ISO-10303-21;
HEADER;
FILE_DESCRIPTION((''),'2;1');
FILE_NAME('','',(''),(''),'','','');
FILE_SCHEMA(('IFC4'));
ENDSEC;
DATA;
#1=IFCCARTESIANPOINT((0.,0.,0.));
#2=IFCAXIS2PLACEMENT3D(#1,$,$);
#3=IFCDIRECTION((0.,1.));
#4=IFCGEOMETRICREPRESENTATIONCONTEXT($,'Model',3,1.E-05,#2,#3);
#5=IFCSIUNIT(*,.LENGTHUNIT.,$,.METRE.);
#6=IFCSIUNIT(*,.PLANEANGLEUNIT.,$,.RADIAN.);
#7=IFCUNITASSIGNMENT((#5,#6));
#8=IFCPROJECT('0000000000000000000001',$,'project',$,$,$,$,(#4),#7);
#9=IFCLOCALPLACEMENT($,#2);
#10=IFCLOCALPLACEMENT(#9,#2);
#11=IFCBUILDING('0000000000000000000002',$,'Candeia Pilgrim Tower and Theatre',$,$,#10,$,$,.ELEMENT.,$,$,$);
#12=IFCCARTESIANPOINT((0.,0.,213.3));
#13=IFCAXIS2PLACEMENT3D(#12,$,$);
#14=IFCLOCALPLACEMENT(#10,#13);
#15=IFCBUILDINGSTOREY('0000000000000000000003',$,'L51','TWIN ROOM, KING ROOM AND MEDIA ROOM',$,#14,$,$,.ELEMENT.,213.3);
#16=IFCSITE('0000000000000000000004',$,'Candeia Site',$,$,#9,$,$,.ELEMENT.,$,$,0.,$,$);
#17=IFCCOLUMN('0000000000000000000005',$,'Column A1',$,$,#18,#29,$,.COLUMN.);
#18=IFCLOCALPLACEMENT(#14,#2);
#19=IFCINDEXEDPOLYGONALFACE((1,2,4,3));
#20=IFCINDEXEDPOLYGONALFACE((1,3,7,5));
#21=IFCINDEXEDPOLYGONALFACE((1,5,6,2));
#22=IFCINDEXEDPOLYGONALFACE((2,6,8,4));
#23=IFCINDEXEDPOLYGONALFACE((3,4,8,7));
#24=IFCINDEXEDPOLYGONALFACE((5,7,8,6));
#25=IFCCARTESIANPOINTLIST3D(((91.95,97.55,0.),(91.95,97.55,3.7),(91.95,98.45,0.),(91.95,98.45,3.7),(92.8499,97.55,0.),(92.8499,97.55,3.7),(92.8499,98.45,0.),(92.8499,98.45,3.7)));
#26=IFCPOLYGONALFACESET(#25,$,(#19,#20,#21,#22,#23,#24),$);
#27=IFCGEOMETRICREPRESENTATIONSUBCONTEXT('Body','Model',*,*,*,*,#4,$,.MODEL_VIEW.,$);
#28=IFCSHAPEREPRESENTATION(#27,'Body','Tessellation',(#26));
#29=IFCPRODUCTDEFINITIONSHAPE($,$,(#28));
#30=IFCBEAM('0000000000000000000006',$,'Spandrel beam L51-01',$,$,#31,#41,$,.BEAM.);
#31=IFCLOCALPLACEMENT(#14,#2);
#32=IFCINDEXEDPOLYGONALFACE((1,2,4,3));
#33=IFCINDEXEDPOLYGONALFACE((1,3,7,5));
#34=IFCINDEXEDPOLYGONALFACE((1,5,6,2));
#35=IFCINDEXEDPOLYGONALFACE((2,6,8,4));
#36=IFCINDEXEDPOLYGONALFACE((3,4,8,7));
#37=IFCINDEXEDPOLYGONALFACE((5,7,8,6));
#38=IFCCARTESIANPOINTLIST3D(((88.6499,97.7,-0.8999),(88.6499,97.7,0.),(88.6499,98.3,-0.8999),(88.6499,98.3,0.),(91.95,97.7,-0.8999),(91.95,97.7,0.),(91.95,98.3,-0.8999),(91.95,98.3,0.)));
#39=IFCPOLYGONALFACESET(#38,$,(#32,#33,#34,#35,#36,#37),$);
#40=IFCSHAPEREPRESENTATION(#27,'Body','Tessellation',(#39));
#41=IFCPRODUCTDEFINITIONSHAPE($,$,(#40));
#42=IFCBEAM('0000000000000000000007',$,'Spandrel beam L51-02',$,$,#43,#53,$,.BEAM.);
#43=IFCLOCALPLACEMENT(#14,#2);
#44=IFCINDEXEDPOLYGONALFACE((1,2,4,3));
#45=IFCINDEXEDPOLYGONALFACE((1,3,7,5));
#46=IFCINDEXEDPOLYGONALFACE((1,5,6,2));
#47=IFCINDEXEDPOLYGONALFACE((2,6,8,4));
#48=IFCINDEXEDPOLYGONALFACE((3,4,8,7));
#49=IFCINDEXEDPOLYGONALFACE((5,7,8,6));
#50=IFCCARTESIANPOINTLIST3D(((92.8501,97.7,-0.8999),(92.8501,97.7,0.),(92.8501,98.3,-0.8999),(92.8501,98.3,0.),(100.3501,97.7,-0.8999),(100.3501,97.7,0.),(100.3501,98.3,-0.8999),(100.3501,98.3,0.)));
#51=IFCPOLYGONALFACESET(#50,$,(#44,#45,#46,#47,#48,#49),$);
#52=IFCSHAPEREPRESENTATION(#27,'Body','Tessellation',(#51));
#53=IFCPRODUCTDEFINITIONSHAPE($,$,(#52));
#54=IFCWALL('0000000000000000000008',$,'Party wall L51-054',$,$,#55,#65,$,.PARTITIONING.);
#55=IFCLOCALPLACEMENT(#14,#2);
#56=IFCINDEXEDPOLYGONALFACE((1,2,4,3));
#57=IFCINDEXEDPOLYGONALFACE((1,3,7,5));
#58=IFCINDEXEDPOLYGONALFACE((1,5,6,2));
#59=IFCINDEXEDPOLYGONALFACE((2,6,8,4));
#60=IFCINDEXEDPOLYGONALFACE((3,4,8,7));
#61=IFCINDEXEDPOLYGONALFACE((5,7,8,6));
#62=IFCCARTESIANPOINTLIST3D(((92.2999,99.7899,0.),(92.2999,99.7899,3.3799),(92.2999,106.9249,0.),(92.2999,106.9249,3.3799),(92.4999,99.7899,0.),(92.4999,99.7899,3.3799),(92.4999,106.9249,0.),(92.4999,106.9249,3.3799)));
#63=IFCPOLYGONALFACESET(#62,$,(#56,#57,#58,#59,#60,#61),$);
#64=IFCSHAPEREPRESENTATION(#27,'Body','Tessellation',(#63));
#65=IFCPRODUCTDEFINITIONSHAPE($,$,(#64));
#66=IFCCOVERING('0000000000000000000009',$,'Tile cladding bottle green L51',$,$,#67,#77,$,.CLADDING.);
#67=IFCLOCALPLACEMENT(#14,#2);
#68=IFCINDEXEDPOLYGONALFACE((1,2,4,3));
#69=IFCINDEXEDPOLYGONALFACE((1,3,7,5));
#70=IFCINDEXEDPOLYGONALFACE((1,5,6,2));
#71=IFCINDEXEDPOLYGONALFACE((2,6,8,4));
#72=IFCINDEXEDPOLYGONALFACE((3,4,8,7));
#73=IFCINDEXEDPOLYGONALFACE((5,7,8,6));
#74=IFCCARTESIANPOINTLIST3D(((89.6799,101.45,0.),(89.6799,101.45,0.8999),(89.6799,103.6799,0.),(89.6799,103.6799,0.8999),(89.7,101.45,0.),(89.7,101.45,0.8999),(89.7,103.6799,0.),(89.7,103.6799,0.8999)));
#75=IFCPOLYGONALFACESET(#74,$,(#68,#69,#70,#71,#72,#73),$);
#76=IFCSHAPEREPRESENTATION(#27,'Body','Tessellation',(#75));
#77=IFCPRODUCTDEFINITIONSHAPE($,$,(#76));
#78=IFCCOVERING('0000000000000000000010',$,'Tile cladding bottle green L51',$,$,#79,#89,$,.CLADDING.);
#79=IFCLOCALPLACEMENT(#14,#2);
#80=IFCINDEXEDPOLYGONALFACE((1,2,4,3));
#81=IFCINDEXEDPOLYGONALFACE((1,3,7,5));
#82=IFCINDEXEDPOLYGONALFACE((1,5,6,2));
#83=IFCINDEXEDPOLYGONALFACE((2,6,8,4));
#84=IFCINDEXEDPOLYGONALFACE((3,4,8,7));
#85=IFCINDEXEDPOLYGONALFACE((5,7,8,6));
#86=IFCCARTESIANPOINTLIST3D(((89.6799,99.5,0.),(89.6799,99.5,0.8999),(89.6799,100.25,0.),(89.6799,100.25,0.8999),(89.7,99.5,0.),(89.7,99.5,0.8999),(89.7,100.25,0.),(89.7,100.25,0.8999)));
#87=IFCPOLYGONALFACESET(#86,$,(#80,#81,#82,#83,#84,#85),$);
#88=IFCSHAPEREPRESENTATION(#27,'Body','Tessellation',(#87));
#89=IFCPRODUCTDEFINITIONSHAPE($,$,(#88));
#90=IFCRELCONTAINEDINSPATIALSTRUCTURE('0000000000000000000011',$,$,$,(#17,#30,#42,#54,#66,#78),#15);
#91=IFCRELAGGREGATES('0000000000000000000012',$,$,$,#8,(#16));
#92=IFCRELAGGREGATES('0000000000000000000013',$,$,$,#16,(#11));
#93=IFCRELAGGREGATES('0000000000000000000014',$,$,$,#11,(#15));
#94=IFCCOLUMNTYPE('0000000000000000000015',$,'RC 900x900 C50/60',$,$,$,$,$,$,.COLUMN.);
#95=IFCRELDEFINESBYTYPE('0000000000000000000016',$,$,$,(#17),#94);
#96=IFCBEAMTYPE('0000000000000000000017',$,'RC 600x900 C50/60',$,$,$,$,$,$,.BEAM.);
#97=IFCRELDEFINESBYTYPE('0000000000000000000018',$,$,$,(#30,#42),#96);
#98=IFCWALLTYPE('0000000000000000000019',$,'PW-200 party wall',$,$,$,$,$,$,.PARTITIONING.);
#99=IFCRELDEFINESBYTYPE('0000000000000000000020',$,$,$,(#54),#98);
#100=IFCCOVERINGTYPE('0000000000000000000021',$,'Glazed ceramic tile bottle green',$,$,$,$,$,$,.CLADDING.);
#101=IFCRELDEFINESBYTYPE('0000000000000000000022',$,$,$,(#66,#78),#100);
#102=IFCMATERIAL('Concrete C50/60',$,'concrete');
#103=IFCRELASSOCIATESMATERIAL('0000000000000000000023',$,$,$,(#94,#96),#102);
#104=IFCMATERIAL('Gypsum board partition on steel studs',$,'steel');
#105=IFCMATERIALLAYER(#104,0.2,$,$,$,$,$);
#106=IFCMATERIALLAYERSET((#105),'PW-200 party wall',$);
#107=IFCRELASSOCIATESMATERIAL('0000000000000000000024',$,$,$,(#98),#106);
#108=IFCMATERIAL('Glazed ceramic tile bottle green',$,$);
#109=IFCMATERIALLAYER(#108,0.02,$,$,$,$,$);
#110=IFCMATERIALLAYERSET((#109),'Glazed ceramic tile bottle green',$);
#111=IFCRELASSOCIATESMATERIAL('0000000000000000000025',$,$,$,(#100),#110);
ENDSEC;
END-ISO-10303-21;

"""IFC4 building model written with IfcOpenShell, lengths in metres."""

from ifc_helpers import new_model, si_unit, direction, frame, frame_2d, origin, origin_2d, place, context, subcontext, project, spatial, rectangle, extrude, material, layer, layer_set, material_profile, profile_set, type_object, element, save


model = new_model("IFC4")

# Units and contexts
model_context = context("Model", 3, precision=1e-05, world=origin(), true_north=direction((0.0, 1.0)))
body_context = subcontext(model_context, "Body", "Model", "MODEL_VIEW")
ifc_project = project(units=[si_unit("LENGTHUNIT", "METRE"), si_unit("PLANEANGLEUNIT", "RADIAN")], contexts=[model_context])

# Site, building, storey
site_placement = place(None, origin())
site = spatial("IfcSite", under=ifc_project, at=site_placement, Name="Candeia Site", CompositionType="ELEMENT", RefElevation=0.0)
building_placement = place(site_placement, origin())
building = spatial("IfcBuilding", under=site, at=building_placement, Name="Candeia Pilgrim Tower and Theatre", CompositionType="ELEMENT")
storey_placement = place(building_placement, frame((0.0, 0.0, 213.3)))
storey = spatial("IfcBuildingStorey", under=building, at=storey_placement, Name="L51", Description="TWIN ROOM, KING ROOM AND MEDIA ROOM", CompositionType="ELEMENT", Elevation=213.3)

# Column
ifc_material_1 = material(Name="Concrete C50/60", Category="concrete")
ifc_material_profile_1 = material_profile(ifc_material_1, rectangle(XDim=0.8999, YDim=0.8999, at=origin_2d()))
ifc_profile_set_1 = profile_set([ifc_material_profile_1], Name="Concrete C50/60")
column_type = type_object("IfcColumnType", Name="RC 900x900 C50/60", PredefinedType="COLUMN", material=ifc_profile_set_1)
column_placement = place(storey_placement, frame((92.3999, 98.0, 0.0), z_axis=(0.0, 0.0, 1.0), x_axis=(1.0, 0.0, 0.0)))
element("IfcColumn", 1, at=column_placement, inside=storey, type_object=column_type, Name="Column A1", PredefinedType="COLUMN", context=body_context, shape_type="SweptSolid", body=[
    extrude(rectangle(XDim=0.8999, YDim=0.8999, at=origin_2d()), origin(), (0.0, 0.0, 1.0), 3.7),
])

# Beams
ifc_material_profile_2 = material_profile(ifc_material_1, rectangle(XDim=0.6001, YDim=0.8999, at=origin_2d()))
ifc_profile_set_2 = profile_set([ifc_material_profile_2], Name="Concrete C50/60")
beam_type = type_object("IfcBeamType", Name="RC 600x900 C50/60", PredefinedType="BEAM", material=ifc_profile_set_2)
beam_1_placement = place(storey_placement, frame((88.6499, 98.0, -0.45), z_axis=(1.0, 0.0, 0.0), x_axis=(0.0, 1.0, 0.0)))
element("IfcBeam", 2, at=beam_1_placement, inside=storey, type_object=beam_type, Name="Spandrel beam L51-01", PredefinedType="BEAM", context=body_context, shape_type="SweptSolid", body=[
    extrude(rectangle(XDim=0.6001, YDim=0.8999, at=origin_2d()), origin(), (0.0, 0.0, 1.0), 3.3),
])
beam_2_placement = place(storey_placement, frame((92.8501, 98.0, -0.45), z_axis=(1.0, 0.0, 0.0), x_axis=(0.0, 1.0, 0.0)))
element("IfcBeam", 3, at=beam_2_placement, inside=storey, type_object=beam_type, Name="Spandrel beam L51-02", PredefinedType="BEAM", context=body_context, shape_type="SweptSolid", body=[
    extrude(rectangle(XDim=0.6001, YDim=0.8999, at=origin_2d()), origin(), (0.0, 0.0, 1.0), 7.5),
])

# Wall
ifc_material_2 = material(Name="Gypsum board partition on steel studs", Category="steel")
ifc_layer_1 = layer(ifc_material_2, 0.2)
ifc_layer_set_1 = layer_set([ifc_layer_1], Name="PW-200 party wall")
wall_type_1 = type_object("IfcWallType", Name="PW-200 party wall", PredefinedType="PARTITIONING", material=ifc_layer_set_1)
wall_1_placement = place(storey_placement, frame((92.3999, 99.79, 0.0), z_axis=(0.0, 0.0, 1.0), x_axis=(0.0, 1.0, 0.0)))
element("IfcWall", 4, at=wall_1_placement, inside=storey, type_object=wall_type_1, Name="Party wall L51-054", PredefinedType="PARTITIONING", context=body_context, shape_type="SweptSolid", body=[
    extrude(rectangle(XDim=7.135, YDim=0.2, at=frame_2d((3.5674, 0.0))), origin(), (0.0, 0.0, 1.0), 3.3799),
])

# Coverings
ifc_material_3 = material(Name="Glazed ceramic tile bottle green")
ifc_layer_2 = layer(ifc_material_3, 0.02)
ifc_layer_set_2 = layer_set([ifc_layer_2], Name="Glazed ceramic tile bottle green")
covering_type = type_object("IfcCoveringType", Name="Glazed ceramic tile bottle green", PredefinedType="CLADDING", material=ifc_layer_set_2)
covering_1_placement = place(storey_placement, frame((89.6899, 102.5649, 0.0), z_axis=(0.0, 0.0, 1.0), x_axis=(0.0, -1.0, 0.0)))
element("IfcCovering", 5, at=covering_1_placement, inside=storey, type_object=covering_type, Name="Tile cladding bottle green L51", PredefinedType="CLADDING", context=body_context, shape_type="SweptSolid", body=[
    extrude(rectangle(XDim=2.23, YDim=0.02, at=origin_2d()), origin(), (0.0, 0.0, 1.0), 0.8999),
])
covering_2_placement = place(storey_placement, frame((89.6899, 99.875, 0.0), z_axis=(0.0, 0.0, 1.0), x_axis=(0.0, -1.0, 0.0)))
element("IfcCovering", 6, at=covering_2_placement, inside=storey, type_object=covering_type, Name="Tile cladding bottle green L51", PredefinedType="CLADDING", context=body_context, shape_type="SweptSolid", body=[
    extrude(rectangle(XDim=0.75, YDim=0.02, at=origin_2d()), origin(), (0.0, 0.0, 1.0), 0.8999),
])

save(model, "model.ifc")
